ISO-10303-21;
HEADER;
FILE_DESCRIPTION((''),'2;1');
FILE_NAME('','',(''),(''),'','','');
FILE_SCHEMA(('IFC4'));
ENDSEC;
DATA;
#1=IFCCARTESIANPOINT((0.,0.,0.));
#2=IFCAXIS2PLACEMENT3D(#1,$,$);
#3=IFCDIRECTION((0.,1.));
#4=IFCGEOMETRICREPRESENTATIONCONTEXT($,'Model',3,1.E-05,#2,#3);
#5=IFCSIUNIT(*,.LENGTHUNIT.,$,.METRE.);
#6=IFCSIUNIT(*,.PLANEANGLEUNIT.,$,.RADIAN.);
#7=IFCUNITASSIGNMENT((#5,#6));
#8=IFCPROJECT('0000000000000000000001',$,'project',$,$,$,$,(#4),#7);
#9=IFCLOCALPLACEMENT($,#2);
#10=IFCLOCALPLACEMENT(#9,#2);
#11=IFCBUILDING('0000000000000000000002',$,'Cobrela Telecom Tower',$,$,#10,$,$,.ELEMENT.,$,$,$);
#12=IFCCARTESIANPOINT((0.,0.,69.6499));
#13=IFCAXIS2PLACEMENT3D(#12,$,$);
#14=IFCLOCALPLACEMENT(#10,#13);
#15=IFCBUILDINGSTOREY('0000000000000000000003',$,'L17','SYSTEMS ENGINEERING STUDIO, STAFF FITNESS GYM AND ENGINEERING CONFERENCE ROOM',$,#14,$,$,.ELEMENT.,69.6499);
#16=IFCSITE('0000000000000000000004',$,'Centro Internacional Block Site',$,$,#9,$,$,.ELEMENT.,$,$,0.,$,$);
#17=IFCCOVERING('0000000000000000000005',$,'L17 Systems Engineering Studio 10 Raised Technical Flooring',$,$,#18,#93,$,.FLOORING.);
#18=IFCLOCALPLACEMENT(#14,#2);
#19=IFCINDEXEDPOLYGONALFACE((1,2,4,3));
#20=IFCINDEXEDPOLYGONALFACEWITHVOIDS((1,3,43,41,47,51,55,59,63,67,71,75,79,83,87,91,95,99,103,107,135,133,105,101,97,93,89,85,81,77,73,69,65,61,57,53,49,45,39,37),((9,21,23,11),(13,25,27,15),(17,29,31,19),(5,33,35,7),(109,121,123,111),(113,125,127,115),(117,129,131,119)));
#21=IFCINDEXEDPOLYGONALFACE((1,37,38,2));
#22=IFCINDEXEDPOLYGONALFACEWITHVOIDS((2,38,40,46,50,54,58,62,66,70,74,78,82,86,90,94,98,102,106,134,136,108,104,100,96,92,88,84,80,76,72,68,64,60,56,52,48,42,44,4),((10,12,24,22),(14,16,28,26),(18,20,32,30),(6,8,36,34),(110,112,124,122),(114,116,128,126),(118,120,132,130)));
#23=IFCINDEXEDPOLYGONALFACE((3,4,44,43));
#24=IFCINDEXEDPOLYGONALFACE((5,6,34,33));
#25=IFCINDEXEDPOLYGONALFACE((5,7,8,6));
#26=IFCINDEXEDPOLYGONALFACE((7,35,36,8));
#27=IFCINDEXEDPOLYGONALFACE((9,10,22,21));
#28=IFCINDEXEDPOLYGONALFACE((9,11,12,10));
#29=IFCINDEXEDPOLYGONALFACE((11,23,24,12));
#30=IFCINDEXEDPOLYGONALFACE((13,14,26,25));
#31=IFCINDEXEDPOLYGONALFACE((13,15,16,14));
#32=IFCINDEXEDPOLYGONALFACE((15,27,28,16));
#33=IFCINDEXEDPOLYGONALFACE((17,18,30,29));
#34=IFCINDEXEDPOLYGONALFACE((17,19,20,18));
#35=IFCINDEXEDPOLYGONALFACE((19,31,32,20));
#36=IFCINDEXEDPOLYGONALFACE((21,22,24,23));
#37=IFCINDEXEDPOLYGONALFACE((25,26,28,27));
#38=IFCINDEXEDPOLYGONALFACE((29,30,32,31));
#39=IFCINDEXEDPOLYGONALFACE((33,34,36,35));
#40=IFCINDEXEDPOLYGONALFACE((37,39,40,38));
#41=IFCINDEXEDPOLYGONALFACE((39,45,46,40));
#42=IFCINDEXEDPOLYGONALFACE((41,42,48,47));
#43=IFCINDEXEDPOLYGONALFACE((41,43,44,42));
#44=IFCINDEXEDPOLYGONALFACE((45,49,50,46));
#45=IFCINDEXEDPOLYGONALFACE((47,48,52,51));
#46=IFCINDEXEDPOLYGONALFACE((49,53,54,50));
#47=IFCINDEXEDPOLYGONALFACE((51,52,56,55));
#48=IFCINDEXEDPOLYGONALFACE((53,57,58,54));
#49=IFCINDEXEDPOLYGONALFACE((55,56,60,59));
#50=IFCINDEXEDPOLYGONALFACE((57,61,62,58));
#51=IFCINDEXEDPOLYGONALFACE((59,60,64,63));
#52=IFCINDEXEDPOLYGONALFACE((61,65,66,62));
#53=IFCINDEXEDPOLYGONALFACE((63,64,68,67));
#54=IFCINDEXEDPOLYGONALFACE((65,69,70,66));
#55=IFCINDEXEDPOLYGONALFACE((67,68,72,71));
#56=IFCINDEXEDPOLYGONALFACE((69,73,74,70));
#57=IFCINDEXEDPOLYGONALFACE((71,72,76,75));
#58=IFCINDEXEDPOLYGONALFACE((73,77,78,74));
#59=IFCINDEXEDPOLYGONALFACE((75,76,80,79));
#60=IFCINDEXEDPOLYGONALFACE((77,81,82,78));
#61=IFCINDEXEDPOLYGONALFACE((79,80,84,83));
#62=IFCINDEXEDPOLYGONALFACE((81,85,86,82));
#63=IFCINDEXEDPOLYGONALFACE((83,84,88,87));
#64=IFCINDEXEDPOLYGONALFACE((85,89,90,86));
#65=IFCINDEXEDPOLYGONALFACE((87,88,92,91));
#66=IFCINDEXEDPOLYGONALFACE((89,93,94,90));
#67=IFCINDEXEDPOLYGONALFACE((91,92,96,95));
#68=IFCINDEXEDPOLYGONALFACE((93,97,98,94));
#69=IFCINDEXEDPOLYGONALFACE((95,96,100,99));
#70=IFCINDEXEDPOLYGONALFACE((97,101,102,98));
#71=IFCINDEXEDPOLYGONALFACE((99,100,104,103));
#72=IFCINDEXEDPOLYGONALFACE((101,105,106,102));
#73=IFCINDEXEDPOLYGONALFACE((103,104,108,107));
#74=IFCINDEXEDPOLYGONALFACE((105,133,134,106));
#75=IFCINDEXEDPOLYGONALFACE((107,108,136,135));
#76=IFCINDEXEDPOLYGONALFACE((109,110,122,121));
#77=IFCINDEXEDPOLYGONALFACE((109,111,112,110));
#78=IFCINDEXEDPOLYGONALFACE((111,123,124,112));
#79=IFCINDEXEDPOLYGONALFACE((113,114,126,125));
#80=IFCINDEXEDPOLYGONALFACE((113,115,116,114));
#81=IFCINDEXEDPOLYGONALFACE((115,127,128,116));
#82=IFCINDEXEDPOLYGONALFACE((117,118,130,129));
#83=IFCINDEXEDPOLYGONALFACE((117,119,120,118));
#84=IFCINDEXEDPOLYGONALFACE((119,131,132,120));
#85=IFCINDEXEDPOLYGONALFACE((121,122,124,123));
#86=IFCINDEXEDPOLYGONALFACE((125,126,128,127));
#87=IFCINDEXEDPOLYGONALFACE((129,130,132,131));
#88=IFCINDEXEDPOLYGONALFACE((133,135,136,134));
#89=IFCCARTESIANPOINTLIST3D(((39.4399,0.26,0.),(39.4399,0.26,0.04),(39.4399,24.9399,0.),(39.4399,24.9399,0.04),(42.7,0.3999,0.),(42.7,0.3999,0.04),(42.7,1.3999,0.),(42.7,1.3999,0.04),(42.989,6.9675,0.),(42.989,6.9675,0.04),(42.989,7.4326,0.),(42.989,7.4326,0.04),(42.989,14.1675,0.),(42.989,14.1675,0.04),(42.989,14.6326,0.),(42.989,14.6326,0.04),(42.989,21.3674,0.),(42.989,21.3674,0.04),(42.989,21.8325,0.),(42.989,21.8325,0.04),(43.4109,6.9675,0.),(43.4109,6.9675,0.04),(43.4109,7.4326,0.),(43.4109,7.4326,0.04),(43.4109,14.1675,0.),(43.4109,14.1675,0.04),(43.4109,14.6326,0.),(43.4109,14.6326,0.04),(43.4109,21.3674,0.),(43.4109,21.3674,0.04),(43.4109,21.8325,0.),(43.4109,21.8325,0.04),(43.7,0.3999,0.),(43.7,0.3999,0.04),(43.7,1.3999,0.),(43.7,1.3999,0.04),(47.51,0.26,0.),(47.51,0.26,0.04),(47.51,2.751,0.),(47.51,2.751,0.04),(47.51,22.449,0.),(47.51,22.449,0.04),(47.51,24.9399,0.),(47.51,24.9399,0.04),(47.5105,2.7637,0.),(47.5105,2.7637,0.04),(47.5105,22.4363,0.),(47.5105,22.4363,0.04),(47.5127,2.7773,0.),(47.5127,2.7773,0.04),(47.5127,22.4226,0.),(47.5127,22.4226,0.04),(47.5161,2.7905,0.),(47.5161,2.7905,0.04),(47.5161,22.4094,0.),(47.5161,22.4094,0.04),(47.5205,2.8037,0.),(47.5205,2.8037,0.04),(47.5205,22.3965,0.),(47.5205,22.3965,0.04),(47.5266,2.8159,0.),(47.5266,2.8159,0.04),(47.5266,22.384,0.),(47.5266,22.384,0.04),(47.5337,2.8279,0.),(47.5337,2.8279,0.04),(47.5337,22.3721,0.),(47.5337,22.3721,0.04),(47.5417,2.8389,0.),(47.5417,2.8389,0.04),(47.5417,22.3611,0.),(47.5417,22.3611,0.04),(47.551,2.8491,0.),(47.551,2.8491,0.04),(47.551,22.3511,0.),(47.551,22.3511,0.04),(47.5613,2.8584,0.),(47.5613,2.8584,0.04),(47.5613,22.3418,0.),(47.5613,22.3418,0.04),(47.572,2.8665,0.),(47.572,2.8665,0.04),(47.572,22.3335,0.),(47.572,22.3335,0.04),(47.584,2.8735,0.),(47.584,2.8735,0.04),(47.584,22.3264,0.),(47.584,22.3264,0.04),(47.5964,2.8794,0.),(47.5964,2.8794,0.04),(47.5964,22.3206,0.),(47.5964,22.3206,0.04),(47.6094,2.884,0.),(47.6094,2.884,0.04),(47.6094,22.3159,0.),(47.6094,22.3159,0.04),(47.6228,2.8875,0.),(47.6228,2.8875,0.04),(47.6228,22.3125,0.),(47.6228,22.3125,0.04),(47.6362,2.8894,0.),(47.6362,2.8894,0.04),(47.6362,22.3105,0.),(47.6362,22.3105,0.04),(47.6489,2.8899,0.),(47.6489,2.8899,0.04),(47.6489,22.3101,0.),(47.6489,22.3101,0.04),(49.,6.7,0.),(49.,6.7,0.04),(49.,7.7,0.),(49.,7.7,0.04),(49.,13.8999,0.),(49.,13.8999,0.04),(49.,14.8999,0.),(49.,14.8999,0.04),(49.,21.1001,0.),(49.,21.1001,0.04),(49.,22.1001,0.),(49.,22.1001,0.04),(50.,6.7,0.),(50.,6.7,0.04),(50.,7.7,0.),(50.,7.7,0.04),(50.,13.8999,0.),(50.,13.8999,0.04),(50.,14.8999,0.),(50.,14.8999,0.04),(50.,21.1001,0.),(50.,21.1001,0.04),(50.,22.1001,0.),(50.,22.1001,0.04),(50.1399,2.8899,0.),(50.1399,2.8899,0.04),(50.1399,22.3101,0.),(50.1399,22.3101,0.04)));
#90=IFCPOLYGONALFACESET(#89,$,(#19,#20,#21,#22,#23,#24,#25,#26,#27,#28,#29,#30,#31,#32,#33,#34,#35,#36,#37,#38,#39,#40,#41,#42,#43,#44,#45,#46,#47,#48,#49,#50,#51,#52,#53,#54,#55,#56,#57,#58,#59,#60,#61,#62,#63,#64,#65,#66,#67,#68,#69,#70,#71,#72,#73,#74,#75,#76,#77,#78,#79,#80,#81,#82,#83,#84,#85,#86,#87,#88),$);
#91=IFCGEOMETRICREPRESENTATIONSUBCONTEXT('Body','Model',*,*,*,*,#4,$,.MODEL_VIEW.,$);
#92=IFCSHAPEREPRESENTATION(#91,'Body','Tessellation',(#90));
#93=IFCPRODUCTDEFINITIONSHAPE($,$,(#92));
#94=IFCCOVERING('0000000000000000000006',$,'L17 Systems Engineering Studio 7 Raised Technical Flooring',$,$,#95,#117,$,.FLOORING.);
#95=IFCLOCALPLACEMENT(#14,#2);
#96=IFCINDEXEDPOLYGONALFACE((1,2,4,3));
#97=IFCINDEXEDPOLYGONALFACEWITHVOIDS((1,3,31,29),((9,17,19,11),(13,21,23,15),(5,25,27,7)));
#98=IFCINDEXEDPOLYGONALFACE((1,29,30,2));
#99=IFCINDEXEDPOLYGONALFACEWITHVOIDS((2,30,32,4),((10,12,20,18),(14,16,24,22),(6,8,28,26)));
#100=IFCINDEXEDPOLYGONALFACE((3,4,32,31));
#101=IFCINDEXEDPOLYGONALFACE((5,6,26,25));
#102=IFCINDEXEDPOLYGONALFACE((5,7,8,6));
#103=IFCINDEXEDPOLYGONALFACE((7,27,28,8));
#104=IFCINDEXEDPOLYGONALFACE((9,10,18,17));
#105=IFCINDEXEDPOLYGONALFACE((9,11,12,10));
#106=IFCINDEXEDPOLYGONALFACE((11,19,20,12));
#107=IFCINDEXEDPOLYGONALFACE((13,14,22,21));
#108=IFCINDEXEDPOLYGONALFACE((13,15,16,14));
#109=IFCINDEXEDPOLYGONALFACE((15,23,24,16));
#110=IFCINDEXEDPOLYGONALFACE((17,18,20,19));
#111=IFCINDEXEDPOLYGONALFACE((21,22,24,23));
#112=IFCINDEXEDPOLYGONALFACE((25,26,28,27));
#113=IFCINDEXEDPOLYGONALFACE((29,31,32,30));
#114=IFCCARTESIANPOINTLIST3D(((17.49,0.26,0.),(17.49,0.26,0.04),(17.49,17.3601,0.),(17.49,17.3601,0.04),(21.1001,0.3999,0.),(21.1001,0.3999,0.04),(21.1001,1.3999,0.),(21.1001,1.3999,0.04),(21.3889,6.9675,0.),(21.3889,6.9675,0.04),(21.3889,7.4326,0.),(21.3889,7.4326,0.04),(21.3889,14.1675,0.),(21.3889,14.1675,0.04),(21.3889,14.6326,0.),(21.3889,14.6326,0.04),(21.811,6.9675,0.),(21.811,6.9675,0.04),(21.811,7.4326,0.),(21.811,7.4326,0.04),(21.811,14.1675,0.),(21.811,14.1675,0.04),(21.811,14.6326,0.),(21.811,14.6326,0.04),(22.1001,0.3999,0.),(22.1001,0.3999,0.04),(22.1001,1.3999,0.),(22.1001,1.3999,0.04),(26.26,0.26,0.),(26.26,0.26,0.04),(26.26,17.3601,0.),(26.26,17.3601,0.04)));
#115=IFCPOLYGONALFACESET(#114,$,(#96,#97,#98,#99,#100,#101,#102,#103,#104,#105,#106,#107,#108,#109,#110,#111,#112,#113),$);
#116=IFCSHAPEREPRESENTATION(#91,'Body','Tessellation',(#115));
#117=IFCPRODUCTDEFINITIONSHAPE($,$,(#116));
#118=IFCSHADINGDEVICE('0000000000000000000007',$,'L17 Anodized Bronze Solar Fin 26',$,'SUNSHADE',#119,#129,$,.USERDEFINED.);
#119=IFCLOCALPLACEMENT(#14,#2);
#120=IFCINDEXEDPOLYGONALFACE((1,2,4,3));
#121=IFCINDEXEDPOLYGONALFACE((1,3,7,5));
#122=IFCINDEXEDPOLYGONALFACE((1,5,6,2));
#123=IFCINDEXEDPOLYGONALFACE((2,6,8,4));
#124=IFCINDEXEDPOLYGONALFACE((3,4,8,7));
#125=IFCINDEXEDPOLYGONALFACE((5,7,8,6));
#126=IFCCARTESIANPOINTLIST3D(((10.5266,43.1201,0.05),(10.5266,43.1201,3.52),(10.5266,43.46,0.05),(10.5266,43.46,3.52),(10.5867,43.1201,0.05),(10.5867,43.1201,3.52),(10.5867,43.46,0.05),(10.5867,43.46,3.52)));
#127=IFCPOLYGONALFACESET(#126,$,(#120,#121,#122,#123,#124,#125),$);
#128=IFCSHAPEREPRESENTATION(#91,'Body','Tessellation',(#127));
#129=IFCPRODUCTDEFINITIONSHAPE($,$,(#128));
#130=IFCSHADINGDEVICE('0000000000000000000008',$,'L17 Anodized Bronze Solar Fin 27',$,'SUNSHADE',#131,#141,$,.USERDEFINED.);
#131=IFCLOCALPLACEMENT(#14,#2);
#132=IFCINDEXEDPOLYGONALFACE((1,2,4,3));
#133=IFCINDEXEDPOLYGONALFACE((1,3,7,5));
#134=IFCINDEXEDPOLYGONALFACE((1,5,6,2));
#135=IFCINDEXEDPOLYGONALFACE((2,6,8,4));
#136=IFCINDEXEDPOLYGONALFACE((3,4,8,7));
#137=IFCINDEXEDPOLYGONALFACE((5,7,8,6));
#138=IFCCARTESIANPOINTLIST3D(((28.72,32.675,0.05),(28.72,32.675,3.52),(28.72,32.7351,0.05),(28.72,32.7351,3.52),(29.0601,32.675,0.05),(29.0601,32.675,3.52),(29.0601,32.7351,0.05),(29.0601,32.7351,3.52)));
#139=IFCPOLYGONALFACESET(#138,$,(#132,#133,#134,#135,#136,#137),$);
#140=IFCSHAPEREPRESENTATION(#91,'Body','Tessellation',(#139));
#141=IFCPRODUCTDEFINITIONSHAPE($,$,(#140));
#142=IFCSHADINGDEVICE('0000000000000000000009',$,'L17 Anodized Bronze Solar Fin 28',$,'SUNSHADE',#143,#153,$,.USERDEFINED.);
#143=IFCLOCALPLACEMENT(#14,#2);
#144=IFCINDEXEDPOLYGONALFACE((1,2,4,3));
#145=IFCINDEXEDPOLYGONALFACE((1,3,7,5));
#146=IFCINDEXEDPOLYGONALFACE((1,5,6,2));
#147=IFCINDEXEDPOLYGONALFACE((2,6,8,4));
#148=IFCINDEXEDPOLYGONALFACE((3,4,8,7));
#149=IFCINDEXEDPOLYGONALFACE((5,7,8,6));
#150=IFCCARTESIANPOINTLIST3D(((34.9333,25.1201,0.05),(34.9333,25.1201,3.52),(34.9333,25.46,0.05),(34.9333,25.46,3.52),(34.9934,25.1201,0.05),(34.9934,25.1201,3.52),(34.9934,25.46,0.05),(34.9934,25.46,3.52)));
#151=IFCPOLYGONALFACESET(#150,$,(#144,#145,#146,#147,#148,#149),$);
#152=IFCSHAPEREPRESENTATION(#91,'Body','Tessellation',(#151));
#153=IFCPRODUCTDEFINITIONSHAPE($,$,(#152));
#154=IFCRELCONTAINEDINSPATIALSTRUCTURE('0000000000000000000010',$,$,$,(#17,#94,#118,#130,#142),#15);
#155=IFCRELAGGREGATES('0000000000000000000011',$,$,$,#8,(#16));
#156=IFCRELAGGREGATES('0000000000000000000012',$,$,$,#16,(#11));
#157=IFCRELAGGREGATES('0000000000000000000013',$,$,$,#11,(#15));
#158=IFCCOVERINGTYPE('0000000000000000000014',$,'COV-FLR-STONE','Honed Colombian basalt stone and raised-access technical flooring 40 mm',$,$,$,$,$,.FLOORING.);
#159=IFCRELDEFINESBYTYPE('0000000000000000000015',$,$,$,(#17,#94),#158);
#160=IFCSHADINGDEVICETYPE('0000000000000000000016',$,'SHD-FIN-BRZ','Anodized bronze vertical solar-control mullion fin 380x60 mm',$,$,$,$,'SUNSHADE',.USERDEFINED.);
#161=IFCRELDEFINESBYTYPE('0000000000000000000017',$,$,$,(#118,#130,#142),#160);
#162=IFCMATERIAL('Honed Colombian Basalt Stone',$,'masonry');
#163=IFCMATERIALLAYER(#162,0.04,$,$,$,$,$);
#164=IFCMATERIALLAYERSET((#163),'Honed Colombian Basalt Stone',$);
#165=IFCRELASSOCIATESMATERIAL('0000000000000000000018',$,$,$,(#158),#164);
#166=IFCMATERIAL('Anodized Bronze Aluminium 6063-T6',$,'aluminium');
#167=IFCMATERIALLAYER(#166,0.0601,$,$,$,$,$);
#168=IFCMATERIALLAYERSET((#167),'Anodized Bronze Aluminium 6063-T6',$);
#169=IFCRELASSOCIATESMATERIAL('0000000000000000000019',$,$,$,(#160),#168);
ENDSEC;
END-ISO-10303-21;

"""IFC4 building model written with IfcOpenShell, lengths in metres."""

from ifc_helpers import new_model, si_unit, direction, frame, origin, place, context, subcontext, project, spatial, polyline, outline, extrude, material, layer, layer_set, type_object, element, save


model = new_model("IFC4")

# Units and contexts
model_context = context("Model", 3, precision=1e-05, world=origin(), true_north=direction((0.0, 1.0)))
body_context = subcontext(model_context, "Body", "Model", "MODEL_VIEW")
ifc_project = project(units=[si_unit("LENGTHUNIT", "METRE"), si_unit("PLANEANGLEUNIT", "RADIAN")], contexts=[model_context])

# Site, building, storey
site_placement = place(None, origin())
site = spatial("IfcSite", under=ifc_project, at=site_placement, Name="Centro Internacional Block Site", CompositionType="ELEMENT", RefElevation=0.0)
building_placement = place(site_placement, origin())
building = spatial("IfcBuilding", under=site, at=building_placement, Name="Cobrela Telecom Tower", CompositionType="ELEMENT")
storey_placement = place(building_placement, frame((0.0, 0.0, 69.6499)))
storey = spatial("IfcBuildingStorey", under=building, at=storey_placement, Name="L17", Description="SYSTEMS ENGINEERING STUDIO, STAFF FITNESS GYM AND ENGINEERING CONFERENCE ROOM", CompositionType="ELEMENT", Elevation=69.6499)

# Coverings
ifc_material_1 = material(Name="Honed Colombian Basalt Stone", Category="masonry")
ifc_layer_1 = layer(ifc_material_1, 0.04)
ifc_layer_set_1 = layer_set([ifc_layer_1], Name="Honed Colombian Basalt Stone")
covering_type_1 = type_object("IfcCoveringType", Name="COV-FLR-STONE", Description="Honed Colombian basalt stone and raised-access technical flooring 40 mm", PredefinedType="FLOORING", material=ifc_layer_set_1)
covering_1_placement = place(storey_placement, origin())
element("IfcCovering", 1, at=covering_1_placement, inside=storey, type_object=covering_type_1, Name="L17 Systems Engineering Studio 10 Raised Technical Flooring", PredefinedType="FLOORING", context=body_context, shape_type="SweptSolid", body=[
    extrude(outline(polyline([(47.6228, 2.8875), (47.6094, 2.884), (47.5964, 2.8794), (47.584, 2.8735), (47.572, 2.8665), (47.5613, 2.8584), (47.551, 2.8491), (47.5417, 2.8389), (47.5337, 2.8279), (47.5266, 2.8159), (47.5205, 2.8037), (47.5161, 2.7905), (47.5127, 2.7773), (47.5105, 2.7637), (47.51, 2.751), (47.51, 0.26), (39.4399, 0.26), (39.4399, 24.9399), (47.51, 24.9399), (47.51, 22.449), (47.5105, 22.4363), (47.5127, 22.4226), (47.5161, 22.4094), (47.5205, 22.3965), (47.5266, 22.384), (47.5337, 22.3721), (47.5417, 22.3611), (47.551, 22.3511), (47.5613, 22.3418), (47.572, 22.3335), (47.584, 22.3264), (47.5964, 22.3206), (47.6094, 22.3159), (47.6228, 22.3125), (47.6362, 22.3105), (47.6489, 22.3101), (50.1399, 22.3101), (50.1399, 2.8899), (47.6489, 2.8899), (47.6362, 2.8894), (47.6228, 2.8875)]), holes=[polyline([(43.7, 0.3999), (43.7, 1.3999), (42.7, 1.3999), (42.7, 0.3999), (43.7, 0.3999)]), polyline([(43.4109, 6.9675), (43.4109, 7.4326), (42.989, 7.4326), (42.989, 6.9675), (43.4109, 6.9675)]), polyline([(50.0, 6.7), (50.0, 7.7), (49.0, 7.7), (49.0, 6.7), (50.0, 6.7)]), polyline([(43.4109, 14.1675), (43.4109, 14.6326), (42.989, 14.6326), (42.989, 14.1675), (43.4109, 14.1675)]), polyline([(50.0, 13.8999), (50.0, 14.8999), (49.0, 14.8999), (49.0, 13.8999), (50.0, 13.8999)]), polyline([(43.4109, 21.3674), (43.4109, 21.8325), (42.989, 21.8325), (42.989, 21.3674), (43.4109, 21.3674)]), polyline([(50.0, 21.1001), (50.0, 22.1001), (49.0, 22.1001), (49.0, 21.1001), (50.0, 21.1001)])]), origin(), (0.0, 0.0, 1.0), 0.04),
])
covering_2_placement = place(storey_placement, origin())
element("IfcCovering", 2, at=covering_2_placement, inside=storey, type_object=covering_type_1, Name="L17 Systems Engineering Studio 7 Raised Technical Flooring", PredefinedType="FLOORING", context=body_context, shape_type="SweptSolid", body=[
    extrude(outline(polyline([(26.26, 0.26), (17.49, 0.26), (17.49, 17.3601), (26.26, 17.3601), (26.26, 0.26)]), holes=[polyline([(22.1001, 0.3999), (22.1001, 1.3999), (21.1001, 1.3999), (21.1001, 0.3999), (22.1001, 0.3999)]), polyline([(21.811, 6.9675), (21.811, 7.4326), (21.3889, 7.4326), (21.3889, 6.9675), (21.811, 6.9675)]), polyline([(21.811, 14.1675), (21.811, 14.6326), (21.3889, 14.6326), (21.3889, 14.1675), (21.811, 14.1675)])]), origin(), (0.0, 0.0, 1.0), 0.04),
])

# Shading devices
ifc_material_2 = material(Name="Anodized Bronze Aluminium 6063-T6", Category="aluminium")
ifc_layer_2 = layer(ifc_material_2, 0.0601)
ifc_layer_set_2 = layer_set([ifc_layer_2], Name="Anodized Bronze Aluminium 6063-T6")
shading_device_type = type_object("IfcShadingDeviceType", Name="SHD-FIN-BRZ", Description="Anodized bronze vertical solar-control mullion fin 380x60 mm", ElementType="SUNSHADE", PredefinedType="USERDEFINED", material=ifc_layer_set_2)
shading_device_1_placement = place(storey_placement, frame((0.0, 0.0, 0.05)))
element("IfcShadingDevice", 3, at=shading_device_1_placement, inside=storey, type_object=shading_device_type, Name="L17 Anodized Bronze Solar Fin 26", ObjectType="SUNSHADE", PredefinedType="USERDEFINED", context=body_context, shape_type="SweptSolid", body=[
    extrude(outline(polyline([(10.5266, 43.1201), (10.5867, 43.1201), (10.5867, 43.46), (10.5266, 43.46), (10.5266, 43.1201)])), origin(), (0.0, 0.0, 1.0), 3.47),
])
shading_device_2_placement = place(storey_placement, frame((0.0, 0.0, 0.05)))
element("IfcShadingDevice", 4, at=shading_device_2_placement, inside=storey, type_object=shading_device_type, Name="L17 Anodized Bronze Solar Fin 27", ObjectType="SUNSHADE", PredefinedType="USERDEFINED", context=body_context, shape_type="SweptSolid", body=[
    extrude(outline(polyline([(28.72, 32.7351), (28.72, 32.675), (29.0601, 32.675), (29.0601, 32.7351), (28.72, 32.7351)])), origin(), (0.0, 0.0, 1.0), 3.47),
])
shading_device_3_placement = place(storey_placement, frame((0.0, 0.0, 0.05)))
element("IfcShadingDevice", 5, at=shading_device_3_placement, inside=storey, type_object=shading_device_type, Name="L17 Anodized Bronze Solar Fin 28", ObjectType="SUNSHADE", PredefinedType="USERDEFINED", context=body_context, shape_type="SweptSolid", body=[
    extrude(outline(polyline([(34.9333, 25.1201), (34.9934, 25.1201), (34.9934, 25.46), (34.9333, 25.46), (34.9333, 25.1201)])), origin(), (0.0, 0.0, 1.0), 3.47),
])

save(model, "model.ifc")
